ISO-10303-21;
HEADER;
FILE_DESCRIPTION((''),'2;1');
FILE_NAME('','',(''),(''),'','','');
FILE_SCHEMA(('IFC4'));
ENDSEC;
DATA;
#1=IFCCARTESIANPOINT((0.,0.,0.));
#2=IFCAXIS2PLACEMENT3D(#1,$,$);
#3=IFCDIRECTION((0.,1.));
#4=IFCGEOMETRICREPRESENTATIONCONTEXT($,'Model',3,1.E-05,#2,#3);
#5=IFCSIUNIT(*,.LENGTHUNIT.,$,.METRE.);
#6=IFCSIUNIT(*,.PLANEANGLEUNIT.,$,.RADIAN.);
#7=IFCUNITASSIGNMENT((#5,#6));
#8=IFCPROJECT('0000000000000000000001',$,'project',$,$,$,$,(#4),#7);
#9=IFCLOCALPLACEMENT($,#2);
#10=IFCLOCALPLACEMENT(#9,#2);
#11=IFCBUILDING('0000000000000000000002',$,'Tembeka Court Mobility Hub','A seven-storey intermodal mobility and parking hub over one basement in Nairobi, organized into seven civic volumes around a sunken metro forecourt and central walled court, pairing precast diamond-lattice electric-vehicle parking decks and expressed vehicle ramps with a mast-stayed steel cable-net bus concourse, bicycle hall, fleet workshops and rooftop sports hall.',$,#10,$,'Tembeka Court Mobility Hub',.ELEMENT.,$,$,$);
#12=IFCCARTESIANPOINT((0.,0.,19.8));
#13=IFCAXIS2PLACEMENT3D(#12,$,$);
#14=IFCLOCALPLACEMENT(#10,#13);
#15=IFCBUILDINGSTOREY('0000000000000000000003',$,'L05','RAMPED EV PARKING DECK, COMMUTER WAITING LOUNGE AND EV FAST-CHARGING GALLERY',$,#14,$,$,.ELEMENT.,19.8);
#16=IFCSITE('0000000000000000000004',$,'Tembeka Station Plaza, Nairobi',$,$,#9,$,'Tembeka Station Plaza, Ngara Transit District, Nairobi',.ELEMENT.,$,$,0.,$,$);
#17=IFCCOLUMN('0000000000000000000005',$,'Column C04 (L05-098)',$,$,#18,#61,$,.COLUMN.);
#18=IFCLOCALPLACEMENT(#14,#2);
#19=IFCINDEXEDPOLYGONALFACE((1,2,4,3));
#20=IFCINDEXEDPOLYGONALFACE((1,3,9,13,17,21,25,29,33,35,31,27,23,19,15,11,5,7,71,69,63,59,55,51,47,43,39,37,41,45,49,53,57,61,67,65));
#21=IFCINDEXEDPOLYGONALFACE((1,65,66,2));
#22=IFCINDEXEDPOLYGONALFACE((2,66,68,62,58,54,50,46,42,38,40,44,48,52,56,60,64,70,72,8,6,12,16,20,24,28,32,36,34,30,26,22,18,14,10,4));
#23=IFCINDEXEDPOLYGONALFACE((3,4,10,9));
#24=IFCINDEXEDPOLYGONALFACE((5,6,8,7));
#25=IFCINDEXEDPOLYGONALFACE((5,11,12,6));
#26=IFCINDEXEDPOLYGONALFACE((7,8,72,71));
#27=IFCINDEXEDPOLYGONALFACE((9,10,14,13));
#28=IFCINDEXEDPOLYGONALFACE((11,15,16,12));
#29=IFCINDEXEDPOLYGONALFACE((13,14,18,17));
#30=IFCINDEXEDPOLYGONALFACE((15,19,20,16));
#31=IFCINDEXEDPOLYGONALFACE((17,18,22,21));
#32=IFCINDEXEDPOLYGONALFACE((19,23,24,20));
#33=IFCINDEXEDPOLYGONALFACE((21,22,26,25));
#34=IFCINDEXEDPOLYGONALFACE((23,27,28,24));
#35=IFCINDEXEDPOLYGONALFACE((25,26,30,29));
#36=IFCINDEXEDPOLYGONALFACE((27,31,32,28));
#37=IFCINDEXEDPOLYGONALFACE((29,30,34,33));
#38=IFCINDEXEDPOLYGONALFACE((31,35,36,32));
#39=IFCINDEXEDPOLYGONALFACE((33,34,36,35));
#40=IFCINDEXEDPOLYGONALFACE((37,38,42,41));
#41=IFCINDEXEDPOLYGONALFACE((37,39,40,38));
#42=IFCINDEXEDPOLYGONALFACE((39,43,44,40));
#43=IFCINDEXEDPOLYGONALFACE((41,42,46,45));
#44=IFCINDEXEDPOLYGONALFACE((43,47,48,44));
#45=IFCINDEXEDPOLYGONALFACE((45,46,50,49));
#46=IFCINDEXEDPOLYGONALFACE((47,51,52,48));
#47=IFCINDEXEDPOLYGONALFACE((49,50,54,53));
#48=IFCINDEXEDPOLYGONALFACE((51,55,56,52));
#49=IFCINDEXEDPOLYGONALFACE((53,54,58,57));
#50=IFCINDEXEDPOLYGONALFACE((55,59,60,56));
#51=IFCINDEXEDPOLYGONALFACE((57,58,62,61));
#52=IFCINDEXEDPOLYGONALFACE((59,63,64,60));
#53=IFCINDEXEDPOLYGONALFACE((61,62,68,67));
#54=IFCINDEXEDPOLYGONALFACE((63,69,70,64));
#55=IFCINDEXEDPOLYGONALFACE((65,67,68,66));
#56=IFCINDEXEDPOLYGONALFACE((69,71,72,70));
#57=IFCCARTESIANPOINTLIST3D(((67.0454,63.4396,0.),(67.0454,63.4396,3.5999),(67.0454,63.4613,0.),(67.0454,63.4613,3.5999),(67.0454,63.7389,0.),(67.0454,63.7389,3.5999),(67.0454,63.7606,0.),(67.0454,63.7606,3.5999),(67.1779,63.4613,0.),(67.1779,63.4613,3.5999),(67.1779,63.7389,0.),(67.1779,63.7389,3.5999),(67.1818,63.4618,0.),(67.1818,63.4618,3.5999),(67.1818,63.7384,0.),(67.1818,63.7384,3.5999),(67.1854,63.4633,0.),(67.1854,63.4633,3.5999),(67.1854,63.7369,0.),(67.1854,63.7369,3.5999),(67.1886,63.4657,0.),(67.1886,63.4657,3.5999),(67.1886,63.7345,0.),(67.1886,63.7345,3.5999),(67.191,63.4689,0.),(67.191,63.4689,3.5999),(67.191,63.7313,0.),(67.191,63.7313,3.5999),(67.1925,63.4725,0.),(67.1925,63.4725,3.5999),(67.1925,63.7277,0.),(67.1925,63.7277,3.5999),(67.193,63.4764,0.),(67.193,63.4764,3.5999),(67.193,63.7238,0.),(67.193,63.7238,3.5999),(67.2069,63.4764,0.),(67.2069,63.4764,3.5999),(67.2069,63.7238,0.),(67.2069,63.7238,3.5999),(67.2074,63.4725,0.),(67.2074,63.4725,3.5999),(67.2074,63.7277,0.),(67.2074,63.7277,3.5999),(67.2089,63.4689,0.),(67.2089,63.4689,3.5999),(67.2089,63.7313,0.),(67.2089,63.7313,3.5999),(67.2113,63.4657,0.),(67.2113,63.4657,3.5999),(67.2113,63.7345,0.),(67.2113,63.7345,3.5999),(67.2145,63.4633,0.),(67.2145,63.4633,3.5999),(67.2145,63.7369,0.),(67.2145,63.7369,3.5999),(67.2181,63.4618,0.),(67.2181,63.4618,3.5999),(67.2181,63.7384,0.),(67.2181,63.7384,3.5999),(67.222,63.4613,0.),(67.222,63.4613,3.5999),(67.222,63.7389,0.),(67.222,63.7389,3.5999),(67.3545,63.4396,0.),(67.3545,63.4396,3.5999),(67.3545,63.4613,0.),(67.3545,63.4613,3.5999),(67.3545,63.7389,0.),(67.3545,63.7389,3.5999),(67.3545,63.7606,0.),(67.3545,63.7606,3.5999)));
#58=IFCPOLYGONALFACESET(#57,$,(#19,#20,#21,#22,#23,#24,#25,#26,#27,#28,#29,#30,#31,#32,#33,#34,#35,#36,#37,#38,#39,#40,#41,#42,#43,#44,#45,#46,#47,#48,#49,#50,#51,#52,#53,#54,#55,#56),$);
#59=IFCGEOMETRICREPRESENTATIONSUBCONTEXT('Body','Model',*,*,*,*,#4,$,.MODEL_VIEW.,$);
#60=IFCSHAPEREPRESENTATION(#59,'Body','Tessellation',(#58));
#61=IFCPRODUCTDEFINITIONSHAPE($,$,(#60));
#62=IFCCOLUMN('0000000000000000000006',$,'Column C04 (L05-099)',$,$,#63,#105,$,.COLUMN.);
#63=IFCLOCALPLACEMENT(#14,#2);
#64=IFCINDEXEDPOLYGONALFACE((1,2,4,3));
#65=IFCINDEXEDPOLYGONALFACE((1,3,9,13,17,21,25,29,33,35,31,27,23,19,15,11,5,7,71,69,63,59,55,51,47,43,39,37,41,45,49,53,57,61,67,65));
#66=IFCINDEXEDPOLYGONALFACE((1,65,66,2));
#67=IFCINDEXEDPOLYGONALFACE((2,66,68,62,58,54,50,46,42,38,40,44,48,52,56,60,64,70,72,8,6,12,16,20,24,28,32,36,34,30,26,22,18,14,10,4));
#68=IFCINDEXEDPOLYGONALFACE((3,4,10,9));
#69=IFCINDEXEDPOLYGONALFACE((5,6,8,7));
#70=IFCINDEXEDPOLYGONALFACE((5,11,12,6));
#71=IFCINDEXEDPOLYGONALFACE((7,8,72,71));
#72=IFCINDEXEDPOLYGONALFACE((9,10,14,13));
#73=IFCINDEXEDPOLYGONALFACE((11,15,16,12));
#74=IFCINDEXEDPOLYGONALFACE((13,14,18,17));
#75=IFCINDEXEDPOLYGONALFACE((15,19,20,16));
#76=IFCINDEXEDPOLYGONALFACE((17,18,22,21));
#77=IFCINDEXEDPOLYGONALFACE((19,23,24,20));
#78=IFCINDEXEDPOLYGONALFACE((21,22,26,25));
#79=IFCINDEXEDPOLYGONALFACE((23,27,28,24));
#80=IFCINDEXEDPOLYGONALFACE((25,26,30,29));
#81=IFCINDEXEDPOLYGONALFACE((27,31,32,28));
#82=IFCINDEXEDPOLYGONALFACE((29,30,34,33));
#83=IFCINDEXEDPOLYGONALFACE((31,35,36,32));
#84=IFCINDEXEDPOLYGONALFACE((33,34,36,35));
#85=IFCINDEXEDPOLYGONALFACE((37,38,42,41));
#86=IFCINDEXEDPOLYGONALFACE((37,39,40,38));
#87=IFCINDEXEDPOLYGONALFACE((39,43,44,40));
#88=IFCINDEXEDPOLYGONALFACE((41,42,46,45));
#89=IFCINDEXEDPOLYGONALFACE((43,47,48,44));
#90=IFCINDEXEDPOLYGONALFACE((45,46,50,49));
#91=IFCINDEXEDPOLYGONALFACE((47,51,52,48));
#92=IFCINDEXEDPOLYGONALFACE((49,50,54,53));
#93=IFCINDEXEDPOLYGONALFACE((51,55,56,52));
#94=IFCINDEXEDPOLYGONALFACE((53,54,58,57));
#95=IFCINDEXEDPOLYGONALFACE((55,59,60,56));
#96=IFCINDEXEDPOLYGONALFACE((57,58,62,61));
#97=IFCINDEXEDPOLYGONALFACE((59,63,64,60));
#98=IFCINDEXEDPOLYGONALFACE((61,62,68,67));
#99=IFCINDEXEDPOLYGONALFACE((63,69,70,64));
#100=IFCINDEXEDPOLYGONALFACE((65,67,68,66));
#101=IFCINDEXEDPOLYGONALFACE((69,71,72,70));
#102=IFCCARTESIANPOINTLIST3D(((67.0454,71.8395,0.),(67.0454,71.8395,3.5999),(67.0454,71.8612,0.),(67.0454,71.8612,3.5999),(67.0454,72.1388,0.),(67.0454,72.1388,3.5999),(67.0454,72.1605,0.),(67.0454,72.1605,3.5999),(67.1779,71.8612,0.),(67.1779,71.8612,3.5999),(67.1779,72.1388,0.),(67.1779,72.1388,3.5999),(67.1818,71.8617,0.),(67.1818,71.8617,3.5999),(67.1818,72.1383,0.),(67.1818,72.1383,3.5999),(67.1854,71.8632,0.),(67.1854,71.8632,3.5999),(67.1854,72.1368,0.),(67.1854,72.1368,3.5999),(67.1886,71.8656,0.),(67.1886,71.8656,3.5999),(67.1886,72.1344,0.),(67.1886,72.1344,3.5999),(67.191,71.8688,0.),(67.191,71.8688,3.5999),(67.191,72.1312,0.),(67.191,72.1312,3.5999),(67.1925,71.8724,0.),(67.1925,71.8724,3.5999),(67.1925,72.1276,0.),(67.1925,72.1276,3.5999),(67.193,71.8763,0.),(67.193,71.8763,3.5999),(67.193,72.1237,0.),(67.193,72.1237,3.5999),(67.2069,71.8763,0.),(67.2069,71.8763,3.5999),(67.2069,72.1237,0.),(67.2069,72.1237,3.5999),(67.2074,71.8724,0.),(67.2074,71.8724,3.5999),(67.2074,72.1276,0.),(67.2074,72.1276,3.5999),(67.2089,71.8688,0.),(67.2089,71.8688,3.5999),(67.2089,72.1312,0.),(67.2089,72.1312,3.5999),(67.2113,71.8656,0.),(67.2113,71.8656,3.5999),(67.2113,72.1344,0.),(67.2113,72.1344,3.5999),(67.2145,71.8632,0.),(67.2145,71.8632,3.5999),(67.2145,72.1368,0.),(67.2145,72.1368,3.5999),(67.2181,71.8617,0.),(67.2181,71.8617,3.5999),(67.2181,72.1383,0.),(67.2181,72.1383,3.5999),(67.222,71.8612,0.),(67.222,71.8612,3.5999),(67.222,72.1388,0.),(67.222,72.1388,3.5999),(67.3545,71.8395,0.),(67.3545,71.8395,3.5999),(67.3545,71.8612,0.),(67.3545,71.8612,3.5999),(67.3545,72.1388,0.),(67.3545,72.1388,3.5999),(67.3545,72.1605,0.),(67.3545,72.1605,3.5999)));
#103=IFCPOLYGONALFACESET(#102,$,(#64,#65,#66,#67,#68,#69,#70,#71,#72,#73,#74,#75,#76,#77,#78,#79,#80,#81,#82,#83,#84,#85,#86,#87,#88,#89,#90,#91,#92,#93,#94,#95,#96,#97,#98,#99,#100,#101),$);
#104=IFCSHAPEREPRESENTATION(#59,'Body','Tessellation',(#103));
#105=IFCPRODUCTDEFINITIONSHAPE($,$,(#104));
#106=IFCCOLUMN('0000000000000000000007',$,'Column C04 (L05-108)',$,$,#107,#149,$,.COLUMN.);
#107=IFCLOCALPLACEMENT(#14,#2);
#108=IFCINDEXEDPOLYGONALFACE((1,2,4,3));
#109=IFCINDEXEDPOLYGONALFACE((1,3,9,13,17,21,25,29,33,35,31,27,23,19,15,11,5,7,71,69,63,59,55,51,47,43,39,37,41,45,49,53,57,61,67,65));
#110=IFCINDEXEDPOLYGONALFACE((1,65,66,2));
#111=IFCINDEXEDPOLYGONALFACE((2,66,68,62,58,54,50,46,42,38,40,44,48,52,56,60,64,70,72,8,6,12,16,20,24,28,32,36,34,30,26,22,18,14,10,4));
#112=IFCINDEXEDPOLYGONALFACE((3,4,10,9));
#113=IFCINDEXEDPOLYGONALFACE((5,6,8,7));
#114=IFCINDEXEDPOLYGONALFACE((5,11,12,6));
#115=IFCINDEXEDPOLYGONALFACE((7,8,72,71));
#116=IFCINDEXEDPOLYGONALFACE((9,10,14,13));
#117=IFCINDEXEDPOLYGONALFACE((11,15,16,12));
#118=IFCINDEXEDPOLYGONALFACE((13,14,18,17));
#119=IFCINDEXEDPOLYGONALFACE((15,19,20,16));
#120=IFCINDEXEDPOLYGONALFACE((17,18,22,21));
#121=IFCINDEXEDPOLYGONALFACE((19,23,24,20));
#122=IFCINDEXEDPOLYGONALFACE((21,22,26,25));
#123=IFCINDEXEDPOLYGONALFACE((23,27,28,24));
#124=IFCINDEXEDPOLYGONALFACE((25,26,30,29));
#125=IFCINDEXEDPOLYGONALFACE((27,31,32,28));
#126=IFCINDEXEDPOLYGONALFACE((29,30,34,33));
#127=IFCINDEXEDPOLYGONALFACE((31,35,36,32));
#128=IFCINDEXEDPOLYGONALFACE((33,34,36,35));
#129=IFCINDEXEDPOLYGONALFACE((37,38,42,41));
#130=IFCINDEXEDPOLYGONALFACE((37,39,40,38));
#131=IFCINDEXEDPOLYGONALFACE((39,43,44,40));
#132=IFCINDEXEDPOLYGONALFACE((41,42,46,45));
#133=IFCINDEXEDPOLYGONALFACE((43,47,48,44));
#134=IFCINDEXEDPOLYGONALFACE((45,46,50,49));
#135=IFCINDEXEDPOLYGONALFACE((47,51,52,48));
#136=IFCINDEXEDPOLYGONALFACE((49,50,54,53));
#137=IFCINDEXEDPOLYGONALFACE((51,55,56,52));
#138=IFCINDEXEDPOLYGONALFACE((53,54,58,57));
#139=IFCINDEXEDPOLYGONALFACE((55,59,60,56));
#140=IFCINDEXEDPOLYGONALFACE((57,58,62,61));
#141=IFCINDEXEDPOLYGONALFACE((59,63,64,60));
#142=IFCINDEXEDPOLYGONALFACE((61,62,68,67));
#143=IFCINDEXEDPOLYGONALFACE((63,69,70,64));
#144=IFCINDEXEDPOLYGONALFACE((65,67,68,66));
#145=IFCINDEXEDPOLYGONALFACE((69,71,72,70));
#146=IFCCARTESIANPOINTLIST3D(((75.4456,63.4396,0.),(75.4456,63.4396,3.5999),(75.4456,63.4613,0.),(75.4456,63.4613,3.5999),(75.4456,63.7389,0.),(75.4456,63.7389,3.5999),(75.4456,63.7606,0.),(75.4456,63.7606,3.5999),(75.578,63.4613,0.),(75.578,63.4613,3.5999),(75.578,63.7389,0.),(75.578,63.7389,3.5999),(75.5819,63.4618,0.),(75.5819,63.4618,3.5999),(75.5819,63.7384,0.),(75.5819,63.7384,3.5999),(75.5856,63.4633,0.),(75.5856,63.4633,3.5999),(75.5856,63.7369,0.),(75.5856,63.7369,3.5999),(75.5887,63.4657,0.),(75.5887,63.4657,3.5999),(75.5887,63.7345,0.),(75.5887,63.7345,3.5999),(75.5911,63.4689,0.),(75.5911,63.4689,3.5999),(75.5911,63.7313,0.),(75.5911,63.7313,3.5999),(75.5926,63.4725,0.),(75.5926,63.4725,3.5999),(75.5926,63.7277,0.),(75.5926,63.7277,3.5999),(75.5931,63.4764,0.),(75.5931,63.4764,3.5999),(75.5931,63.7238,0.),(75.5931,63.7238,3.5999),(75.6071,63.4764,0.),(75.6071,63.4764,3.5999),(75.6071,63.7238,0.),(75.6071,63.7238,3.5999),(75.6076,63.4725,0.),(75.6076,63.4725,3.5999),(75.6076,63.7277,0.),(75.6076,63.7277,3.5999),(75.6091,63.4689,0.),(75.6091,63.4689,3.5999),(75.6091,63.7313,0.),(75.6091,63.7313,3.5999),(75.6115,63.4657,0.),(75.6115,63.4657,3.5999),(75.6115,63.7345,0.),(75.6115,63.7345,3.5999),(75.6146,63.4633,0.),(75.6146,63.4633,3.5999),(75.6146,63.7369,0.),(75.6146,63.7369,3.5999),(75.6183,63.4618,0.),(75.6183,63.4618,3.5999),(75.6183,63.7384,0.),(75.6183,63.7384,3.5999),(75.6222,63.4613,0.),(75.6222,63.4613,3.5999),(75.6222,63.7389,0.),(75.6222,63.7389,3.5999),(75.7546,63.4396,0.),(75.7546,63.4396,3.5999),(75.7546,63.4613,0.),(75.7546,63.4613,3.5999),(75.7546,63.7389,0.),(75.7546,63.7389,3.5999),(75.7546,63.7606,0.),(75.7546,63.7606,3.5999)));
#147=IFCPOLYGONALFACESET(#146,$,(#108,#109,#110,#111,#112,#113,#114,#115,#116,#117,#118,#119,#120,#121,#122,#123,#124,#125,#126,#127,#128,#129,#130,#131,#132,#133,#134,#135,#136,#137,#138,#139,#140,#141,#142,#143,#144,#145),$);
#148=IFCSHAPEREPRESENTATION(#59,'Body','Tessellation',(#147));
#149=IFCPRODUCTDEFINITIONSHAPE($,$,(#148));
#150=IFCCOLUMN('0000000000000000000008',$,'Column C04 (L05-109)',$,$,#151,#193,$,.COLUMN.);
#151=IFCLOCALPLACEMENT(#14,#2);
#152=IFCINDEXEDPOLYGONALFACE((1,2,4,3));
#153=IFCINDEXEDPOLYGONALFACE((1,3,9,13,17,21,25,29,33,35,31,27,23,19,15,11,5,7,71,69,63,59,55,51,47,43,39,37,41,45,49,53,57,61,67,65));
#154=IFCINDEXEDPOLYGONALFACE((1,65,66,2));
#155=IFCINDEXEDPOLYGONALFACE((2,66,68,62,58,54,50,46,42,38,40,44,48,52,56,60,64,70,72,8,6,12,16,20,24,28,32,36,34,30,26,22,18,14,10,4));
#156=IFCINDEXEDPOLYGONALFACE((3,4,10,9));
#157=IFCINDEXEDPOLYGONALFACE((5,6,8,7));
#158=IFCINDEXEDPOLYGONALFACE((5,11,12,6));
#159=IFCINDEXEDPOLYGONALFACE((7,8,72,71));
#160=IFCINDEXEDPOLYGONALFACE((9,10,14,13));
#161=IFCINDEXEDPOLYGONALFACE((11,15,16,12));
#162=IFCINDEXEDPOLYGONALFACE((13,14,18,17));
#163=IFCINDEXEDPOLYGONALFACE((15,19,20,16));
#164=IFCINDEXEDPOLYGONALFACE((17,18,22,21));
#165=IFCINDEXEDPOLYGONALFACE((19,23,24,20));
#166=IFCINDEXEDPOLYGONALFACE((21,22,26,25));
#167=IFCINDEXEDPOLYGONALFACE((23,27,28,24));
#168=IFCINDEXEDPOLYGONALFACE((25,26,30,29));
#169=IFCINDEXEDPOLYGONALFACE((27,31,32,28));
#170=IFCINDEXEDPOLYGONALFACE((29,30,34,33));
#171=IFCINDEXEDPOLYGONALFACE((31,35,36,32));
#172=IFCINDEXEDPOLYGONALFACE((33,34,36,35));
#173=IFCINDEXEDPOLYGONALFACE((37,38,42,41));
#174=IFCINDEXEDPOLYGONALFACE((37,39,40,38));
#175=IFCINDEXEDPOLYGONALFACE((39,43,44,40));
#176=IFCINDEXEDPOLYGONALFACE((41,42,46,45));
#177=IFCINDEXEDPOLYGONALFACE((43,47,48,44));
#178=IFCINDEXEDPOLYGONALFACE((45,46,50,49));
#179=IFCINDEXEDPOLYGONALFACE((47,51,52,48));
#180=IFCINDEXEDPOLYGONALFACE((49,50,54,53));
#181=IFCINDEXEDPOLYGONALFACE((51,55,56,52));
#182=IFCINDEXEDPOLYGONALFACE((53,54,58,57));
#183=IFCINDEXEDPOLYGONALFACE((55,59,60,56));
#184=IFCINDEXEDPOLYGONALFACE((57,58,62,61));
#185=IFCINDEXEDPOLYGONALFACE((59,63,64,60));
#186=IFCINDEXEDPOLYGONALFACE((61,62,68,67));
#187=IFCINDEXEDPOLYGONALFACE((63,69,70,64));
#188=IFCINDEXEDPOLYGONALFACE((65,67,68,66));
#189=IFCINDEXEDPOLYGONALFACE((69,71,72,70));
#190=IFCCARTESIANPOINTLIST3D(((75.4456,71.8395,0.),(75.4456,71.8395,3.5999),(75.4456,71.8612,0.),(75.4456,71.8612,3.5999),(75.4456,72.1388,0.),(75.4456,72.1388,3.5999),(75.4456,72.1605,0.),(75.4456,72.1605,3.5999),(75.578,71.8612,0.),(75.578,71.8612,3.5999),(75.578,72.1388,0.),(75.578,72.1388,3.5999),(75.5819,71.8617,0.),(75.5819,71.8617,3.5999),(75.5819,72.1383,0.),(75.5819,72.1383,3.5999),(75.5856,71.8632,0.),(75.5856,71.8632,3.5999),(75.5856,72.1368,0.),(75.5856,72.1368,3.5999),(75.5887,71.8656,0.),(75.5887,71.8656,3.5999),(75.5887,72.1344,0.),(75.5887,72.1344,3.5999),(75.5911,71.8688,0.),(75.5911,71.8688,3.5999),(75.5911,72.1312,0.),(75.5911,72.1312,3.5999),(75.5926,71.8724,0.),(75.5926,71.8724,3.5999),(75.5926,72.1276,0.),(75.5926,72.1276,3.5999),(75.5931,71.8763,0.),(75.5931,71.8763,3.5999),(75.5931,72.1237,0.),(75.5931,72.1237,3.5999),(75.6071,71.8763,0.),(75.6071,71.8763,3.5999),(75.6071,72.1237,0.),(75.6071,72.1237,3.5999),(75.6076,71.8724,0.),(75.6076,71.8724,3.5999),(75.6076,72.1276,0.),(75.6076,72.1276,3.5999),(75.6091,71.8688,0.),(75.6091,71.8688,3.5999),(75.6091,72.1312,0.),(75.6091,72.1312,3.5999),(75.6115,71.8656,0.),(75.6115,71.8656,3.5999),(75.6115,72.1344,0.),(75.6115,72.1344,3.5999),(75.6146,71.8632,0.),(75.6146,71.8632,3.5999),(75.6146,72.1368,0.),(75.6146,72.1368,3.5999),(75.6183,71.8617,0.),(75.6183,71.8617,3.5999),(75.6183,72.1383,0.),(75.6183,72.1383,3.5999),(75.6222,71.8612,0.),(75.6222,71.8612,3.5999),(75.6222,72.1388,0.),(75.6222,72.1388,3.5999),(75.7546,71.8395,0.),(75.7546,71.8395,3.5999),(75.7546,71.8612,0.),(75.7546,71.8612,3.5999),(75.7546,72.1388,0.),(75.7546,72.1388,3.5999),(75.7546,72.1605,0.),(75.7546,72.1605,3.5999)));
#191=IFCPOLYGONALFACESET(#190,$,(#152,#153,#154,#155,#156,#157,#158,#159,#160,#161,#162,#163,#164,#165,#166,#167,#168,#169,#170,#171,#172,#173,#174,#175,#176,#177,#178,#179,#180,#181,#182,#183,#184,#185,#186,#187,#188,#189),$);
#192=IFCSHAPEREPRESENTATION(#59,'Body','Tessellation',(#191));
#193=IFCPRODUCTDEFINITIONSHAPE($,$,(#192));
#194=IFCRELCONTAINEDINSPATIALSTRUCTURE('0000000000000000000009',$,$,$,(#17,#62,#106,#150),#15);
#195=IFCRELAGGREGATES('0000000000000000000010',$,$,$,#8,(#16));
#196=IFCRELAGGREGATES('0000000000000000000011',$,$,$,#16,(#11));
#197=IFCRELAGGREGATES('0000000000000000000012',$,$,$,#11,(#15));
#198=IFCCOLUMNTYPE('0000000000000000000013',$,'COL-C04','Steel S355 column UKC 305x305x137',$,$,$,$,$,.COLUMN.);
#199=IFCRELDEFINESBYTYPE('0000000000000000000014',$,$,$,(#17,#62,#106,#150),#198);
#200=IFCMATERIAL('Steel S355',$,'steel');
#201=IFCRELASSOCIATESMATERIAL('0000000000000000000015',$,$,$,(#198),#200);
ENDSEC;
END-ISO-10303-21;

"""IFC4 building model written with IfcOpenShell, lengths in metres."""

from ifc_helpers import new_model, si_unit, direction, frame, origin, origin_2d, place, context, subcontext, project, spatial, i_section, extrude, material, material_profile, profile_set, type_object, element, save


model = new_model("IFC4")

# Units and contexts
model_context = context("Model", 3, precision=1e-05, world=origin(), true_north=direction((0.0, 1.0)))
body_context = subcontext(model_context, "Body", "Model", "MODEL_VIEW")
ifc_project = project(units=[si_unit("LENGTHUNIT", "METRE"), si_unit("PLANEANGLEUNIT", "RADIAN")], contexts=[model_context])

# Site, building, storey
site_placement = place(None, origin())
site = spatial("IfcSite", under=ifc_project, at=site_placement, Name="Tembeka Station Plaza, Nairobi", LongName="Tembeka Station Plaza, Ngara Transit District, Nairobi", CompositionType="ELEMENT", RefElevation=0.0)
building_placement = place(site_placement, origin())
building = spatial("IfcBuilding", under=site, at=building_placement, Name="Tembeka Court Mobility Hub", Description="A seven-storey intermodal mobility and parking hub over one basement in Nairobi, organized into seven civic volumes around a sunken metro forecourt and central walled court, pairing precast diamond-lattice electric-vehicle parking decks and expressed vehicle ramps with a mast-stayed steel cable-net bus concourse, bicycle hall, fleet workshops and rooftop sports hall.", LongName="Tembeka Court Mobility Hub", CompositionType="ELEMENT")
storey_placement = place(building_placement, frame((0.0, 0.0, 19.8)))
storey = spatial("IfcBuildingStorey", under=building, at=storey_placement, Name="L05", Description="RAMPED EV PARKING DECK, COMMUTER WAITING LOUNGE AND EV FAST-CHARGING GALLERY", CompositionType="ELEMENT", Elevation=19.8)

# Columns
ifc_material_1 = material(Name="Steel S355", Category="steel")
ifc_material_profile_1 = material_profile(ifc_material_1, i_section(OverallWidth=0.3091, OverallDepth=0.321, WebThickness=0.0139, FlangeThickness=0.0217, FilletRadius=0.0151, at=origin_2d()), Name="UKC 305x305x137")
ifc_profile_set_1 = profile_set([ifc_material_profile_1], Name="Steel S355")
column_type = type_object("IfcColumnType", Name="COL-C04", Description="Steel S355 column UKC 305x305x137", PredefinedType="COLUMN", material=ifc_profile_set_1)
for number, where, z_axis, x_axis, name in (
    (1, (67.2, 63.6001, 0.0), (0.0, 0.0, 1.0), (1.0, 0.0, 0.0), "Column C04 (L05-098)"),
    (2, (67.2, 72.0, 0.0), (0.0, 0.0, 1.0), (1.0, 0.0, 0.0), "Column C04 (L05-099)"),
    (3, (75.6001, 63.6001, 0.0), (0.0, 0.0, 1.0), (1.0, 0.0, 0.0), "Column C04 (L05-108)"),
    (4, (75.6001, 72.0, 0.0), (0.0, 0.0, 1.0), (1.0, 0.0, 0.0), "Column C04 (L05-109)"),
):
    element("IfcColumn", number, at=place(storey_placement, frame(where, z_axis=z_axis, x_axis=x_axis)), inside=storey, type_object=column_type, Name=name, PredefinedType="COLUMN", context=body_context, shape_type="SweptSolid", body=[
        extrude(i_section(OverallWidth=0.3091, OverallDepth=0.321, WebThickness=0.0139, FlangeThickness=0.0217, FilletRadius=0.0151, at=origin_2d()), origin(), (0.0, 0.0, 1.0), 3.5999),
    ])

save(model, "model.ifc")
